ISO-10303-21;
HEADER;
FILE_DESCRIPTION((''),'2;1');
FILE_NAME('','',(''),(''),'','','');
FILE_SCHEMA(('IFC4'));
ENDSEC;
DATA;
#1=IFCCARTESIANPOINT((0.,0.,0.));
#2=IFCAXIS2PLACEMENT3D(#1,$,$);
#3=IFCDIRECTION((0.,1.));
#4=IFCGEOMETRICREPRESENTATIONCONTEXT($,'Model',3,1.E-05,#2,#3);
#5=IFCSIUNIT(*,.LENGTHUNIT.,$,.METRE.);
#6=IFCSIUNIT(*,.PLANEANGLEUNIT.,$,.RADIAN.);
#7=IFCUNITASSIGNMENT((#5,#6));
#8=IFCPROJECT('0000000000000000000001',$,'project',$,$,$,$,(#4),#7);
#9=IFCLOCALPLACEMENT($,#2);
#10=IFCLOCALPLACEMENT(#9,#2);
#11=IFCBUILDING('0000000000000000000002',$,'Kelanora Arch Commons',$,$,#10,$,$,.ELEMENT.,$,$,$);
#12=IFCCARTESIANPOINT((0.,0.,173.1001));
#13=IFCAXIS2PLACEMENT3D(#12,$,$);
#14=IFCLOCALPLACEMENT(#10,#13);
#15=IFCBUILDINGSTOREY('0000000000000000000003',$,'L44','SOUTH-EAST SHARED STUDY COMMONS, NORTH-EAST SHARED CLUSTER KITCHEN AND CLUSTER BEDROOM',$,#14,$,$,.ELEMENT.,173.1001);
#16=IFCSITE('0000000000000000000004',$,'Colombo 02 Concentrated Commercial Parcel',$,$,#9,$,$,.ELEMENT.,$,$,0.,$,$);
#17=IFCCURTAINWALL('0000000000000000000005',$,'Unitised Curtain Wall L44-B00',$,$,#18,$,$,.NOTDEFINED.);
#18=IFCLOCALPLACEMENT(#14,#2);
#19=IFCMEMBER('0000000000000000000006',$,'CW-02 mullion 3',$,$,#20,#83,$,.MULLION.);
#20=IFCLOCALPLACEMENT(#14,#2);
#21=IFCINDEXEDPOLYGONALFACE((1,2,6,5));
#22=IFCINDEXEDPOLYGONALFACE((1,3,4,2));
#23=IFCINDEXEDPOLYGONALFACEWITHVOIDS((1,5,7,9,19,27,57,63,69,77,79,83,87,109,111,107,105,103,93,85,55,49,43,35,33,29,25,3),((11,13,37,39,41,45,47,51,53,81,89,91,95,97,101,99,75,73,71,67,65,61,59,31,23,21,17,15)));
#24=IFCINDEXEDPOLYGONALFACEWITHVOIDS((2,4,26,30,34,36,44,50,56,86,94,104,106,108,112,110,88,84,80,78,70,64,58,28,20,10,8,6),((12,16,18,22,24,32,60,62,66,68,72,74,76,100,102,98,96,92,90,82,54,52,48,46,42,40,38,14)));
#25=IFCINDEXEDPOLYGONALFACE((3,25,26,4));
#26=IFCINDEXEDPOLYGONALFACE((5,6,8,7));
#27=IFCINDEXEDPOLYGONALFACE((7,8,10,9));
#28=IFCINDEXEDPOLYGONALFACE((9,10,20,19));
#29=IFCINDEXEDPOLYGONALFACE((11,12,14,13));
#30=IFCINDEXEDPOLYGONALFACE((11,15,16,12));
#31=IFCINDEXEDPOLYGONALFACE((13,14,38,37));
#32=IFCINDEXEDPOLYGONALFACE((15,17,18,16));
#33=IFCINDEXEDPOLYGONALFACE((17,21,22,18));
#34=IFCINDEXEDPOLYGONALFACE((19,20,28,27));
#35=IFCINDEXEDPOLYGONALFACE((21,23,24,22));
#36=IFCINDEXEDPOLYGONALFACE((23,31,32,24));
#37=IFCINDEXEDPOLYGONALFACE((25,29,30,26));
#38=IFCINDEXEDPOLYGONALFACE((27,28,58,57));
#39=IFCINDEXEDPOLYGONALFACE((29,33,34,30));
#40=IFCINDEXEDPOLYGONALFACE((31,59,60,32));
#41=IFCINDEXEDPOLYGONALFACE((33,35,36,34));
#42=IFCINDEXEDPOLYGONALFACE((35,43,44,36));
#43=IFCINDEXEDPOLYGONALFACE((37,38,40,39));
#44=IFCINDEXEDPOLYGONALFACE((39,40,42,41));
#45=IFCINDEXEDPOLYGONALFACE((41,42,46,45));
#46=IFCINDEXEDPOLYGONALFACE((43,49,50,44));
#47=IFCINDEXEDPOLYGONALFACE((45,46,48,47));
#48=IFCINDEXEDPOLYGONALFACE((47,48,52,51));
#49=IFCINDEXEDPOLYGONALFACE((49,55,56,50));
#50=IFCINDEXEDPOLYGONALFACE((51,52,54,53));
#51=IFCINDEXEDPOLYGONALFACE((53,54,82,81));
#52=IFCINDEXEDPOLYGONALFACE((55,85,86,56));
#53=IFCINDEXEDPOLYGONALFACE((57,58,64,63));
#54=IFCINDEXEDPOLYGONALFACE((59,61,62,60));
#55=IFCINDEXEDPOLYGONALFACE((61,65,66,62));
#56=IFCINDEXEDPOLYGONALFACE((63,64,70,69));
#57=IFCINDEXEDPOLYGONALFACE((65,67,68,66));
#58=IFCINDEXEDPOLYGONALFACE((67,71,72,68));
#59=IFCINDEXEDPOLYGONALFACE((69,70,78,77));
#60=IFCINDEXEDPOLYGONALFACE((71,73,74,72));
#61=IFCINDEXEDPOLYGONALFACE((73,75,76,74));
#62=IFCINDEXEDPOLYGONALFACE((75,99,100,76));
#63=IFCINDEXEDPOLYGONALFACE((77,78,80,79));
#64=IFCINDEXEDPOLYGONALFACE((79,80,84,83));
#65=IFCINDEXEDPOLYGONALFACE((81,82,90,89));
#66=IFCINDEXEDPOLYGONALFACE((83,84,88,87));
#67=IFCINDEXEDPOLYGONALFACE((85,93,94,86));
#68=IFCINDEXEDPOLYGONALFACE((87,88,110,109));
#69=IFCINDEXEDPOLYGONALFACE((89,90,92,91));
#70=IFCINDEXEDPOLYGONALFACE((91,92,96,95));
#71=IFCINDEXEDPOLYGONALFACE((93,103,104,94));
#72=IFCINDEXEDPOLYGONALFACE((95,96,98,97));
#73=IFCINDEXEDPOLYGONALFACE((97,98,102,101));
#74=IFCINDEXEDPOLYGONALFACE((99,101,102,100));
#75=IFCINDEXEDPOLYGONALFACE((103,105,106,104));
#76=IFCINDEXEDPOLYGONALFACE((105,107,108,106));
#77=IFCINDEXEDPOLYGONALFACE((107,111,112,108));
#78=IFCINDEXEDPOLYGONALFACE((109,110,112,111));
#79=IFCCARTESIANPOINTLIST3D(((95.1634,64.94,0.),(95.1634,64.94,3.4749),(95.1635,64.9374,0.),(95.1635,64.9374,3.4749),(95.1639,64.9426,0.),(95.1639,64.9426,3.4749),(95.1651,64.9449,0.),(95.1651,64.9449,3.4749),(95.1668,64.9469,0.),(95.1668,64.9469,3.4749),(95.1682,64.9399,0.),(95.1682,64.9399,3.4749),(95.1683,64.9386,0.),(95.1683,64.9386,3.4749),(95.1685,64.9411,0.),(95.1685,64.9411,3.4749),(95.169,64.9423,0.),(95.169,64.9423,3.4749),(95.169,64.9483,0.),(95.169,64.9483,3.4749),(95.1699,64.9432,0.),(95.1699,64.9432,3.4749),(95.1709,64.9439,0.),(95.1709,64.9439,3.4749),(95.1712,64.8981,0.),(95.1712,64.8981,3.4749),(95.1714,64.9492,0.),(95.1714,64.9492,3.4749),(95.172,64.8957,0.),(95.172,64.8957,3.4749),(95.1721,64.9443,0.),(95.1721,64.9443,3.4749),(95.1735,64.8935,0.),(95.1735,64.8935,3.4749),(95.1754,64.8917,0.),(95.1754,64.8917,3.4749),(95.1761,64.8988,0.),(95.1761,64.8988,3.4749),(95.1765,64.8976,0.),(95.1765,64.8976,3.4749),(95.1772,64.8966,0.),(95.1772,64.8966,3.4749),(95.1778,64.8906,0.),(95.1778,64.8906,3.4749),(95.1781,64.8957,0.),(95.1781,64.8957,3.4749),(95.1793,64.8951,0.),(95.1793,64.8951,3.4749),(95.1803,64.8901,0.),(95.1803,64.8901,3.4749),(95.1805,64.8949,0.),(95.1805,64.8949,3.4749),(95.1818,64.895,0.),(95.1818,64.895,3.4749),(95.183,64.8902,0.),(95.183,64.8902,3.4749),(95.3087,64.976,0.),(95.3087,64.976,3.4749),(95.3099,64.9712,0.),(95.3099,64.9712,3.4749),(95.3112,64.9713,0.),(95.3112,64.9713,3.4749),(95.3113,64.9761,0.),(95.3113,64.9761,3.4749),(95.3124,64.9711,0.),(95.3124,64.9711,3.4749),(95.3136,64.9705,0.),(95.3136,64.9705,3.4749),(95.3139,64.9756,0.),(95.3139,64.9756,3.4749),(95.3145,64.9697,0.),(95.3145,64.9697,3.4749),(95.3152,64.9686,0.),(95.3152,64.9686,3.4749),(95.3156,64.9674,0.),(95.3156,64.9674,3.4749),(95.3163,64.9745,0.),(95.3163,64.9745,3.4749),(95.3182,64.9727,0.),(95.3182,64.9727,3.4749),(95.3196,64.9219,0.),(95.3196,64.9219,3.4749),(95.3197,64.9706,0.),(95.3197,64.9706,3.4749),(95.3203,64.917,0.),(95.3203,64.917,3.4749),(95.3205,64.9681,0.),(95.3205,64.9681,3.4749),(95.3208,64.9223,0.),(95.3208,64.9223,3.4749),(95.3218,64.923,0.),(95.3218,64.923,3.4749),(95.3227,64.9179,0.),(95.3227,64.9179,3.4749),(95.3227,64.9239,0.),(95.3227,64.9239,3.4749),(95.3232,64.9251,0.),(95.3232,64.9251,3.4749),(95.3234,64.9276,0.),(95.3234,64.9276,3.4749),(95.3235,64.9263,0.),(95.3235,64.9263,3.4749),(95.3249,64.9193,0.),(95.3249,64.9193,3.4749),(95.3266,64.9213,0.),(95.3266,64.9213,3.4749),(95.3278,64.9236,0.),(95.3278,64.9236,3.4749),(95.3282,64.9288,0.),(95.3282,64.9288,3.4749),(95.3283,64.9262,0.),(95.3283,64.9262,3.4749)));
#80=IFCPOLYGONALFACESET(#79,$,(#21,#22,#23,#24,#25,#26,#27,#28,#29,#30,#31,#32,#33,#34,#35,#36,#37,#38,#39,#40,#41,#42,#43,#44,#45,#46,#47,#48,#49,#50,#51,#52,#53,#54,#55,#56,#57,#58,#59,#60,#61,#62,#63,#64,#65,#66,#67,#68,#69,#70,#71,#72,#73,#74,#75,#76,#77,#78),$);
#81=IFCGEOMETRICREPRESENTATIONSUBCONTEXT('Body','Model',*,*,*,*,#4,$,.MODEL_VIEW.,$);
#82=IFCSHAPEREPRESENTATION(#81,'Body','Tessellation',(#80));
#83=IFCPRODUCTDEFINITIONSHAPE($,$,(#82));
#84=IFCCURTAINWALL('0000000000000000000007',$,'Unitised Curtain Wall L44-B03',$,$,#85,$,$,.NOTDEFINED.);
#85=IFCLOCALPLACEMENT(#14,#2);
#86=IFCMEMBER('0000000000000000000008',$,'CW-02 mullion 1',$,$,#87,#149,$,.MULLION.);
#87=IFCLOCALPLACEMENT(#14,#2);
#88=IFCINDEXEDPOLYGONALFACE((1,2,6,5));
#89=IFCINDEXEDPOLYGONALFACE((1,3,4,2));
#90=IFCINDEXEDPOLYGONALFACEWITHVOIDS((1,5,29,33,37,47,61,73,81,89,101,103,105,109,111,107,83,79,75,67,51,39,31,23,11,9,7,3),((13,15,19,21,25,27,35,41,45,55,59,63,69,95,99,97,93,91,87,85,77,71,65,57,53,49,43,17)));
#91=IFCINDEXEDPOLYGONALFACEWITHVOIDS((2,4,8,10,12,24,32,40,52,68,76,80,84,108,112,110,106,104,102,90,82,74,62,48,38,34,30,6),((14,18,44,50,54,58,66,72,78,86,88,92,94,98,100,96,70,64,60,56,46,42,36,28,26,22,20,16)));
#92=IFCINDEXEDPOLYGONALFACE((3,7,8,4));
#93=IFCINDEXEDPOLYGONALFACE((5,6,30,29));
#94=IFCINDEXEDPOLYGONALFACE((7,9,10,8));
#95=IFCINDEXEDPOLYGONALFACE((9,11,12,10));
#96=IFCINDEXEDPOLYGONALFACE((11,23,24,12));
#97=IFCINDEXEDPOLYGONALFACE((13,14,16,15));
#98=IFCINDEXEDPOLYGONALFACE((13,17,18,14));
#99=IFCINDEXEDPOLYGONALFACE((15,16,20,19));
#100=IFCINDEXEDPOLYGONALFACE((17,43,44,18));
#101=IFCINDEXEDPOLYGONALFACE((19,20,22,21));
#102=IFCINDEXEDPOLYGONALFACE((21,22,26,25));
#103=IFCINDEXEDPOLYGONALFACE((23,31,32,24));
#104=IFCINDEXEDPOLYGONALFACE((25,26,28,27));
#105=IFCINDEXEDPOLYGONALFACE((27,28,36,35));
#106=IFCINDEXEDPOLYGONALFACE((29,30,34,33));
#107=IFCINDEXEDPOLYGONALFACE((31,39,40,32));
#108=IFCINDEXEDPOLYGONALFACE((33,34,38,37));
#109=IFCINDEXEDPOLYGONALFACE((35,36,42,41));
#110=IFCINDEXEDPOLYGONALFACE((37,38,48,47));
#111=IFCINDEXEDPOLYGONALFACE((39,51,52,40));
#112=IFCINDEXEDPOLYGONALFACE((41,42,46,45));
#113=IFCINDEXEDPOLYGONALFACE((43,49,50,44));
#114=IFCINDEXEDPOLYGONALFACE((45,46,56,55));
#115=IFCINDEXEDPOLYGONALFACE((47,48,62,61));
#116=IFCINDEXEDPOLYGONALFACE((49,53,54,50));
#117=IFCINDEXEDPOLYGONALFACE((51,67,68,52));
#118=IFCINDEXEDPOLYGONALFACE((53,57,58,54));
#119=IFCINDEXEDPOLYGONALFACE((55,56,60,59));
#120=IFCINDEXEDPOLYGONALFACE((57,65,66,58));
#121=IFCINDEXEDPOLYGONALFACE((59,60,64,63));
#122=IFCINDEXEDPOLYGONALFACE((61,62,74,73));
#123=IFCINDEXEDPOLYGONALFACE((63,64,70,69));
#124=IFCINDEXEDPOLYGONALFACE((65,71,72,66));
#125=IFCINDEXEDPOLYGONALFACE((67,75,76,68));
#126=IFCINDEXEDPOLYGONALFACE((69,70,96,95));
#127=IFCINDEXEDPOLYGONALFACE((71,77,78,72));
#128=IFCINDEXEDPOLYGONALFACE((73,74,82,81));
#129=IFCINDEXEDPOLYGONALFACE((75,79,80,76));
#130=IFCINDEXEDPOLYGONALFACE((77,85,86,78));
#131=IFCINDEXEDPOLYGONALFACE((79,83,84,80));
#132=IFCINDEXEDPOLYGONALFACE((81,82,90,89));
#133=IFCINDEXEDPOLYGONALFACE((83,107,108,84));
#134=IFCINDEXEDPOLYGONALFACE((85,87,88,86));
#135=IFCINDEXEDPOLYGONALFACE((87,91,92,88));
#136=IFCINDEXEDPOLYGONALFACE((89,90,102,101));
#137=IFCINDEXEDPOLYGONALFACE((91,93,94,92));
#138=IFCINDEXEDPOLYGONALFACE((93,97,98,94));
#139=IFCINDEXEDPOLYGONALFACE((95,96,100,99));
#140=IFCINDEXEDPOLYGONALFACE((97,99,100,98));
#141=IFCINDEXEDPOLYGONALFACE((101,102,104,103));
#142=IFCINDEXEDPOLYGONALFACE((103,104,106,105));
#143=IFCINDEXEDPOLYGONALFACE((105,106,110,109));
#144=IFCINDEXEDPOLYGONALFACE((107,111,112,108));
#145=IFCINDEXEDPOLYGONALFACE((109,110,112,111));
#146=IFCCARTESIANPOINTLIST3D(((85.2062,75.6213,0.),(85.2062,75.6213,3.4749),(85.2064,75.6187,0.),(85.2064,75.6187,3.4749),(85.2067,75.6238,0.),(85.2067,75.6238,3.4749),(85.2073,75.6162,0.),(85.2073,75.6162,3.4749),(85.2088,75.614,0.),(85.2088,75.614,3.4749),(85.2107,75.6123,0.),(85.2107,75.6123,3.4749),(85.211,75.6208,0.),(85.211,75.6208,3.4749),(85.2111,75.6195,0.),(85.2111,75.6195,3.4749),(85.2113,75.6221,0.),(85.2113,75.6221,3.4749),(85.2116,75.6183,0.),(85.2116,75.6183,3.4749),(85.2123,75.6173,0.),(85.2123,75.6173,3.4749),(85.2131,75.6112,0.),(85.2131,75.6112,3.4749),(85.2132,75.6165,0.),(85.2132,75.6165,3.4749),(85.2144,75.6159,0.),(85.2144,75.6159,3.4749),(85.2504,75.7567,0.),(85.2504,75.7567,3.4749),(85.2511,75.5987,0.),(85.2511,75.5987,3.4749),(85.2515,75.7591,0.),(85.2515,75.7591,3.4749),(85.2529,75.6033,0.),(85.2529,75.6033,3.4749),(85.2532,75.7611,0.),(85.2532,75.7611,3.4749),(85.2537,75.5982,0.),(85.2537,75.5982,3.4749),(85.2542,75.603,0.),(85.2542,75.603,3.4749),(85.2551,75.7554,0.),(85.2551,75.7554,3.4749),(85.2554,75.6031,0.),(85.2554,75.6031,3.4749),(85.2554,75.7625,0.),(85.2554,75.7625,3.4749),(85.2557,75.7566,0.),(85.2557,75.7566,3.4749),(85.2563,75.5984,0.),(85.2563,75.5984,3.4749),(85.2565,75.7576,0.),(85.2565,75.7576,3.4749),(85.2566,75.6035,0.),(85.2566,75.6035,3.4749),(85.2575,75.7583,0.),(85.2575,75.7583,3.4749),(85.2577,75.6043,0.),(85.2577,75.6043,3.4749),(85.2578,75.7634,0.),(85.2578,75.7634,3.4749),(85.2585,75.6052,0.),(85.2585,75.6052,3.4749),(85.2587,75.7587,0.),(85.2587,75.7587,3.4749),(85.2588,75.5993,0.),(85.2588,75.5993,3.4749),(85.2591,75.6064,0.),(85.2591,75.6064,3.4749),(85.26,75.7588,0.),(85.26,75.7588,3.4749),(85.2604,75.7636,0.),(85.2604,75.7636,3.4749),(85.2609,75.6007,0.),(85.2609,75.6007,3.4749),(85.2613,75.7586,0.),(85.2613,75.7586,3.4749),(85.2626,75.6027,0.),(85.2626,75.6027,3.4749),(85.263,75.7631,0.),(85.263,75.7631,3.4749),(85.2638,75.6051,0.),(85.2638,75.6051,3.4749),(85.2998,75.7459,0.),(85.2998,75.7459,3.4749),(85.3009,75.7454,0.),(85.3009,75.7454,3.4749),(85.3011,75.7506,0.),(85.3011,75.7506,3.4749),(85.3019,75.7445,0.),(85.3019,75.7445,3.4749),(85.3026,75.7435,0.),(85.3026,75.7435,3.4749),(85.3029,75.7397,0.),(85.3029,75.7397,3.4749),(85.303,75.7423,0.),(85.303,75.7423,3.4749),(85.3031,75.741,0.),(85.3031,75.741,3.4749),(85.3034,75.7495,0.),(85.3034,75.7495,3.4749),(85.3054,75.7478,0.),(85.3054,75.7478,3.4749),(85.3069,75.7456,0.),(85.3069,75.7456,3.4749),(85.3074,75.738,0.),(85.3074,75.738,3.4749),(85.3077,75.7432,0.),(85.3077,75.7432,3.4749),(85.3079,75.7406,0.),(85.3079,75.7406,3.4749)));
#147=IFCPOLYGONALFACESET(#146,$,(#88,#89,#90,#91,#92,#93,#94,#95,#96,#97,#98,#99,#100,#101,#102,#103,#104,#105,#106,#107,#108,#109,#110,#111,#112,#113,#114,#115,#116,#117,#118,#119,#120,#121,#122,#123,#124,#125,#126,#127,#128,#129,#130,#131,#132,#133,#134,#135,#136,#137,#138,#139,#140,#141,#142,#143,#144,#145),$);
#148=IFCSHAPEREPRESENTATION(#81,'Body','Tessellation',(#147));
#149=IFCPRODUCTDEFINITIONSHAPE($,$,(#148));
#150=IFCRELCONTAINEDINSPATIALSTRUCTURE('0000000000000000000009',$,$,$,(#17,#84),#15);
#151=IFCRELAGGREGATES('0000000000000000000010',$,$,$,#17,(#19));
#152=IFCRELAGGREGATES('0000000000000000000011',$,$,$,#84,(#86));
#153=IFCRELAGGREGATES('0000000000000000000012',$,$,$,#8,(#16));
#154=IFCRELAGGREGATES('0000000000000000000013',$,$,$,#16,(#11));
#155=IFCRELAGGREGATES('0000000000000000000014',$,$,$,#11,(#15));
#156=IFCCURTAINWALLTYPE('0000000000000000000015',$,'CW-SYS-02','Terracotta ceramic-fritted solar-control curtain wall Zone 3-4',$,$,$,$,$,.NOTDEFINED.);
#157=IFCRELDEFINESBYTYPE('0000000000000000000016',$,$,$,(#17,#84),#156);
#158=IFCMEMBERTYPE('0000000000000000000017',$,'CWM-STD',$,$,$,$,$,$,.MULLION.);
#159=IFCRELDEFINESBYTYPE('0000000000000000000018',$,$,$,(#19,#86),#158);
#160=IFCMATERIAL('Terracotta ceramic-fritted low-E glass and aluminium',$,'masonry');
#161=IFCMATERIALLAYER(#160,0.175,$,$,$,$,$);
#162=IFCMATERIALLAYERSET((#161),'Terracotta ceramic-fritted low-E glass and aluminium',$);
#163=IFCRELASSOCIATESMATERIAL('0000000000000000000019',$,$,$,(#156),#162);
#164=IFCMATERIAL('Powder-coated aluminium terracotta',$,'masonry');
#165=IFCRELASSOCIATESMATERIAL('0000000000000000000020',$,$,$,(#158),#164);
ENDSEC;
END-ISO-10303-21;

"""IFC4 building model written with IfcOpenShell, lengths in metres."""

from ifc_helpers import new_model, si_unit, direction, frame, origin, origin_2d, place, context, subcontext, project, spatial, hollow_rectangle, extrude, material, layer, layer_set, material_profile, profile_set, type_object, element, aggregate, save


model = new_model("IFC4")

# Units and contexts
model_context = context("Model", 3, precision=1e-05, world=origin(), true_north=direction((0.0, 1.0)))
body_context = subcontext(model_context, "Body", "Model", "MODEL_VIEW")
ifc_project = project(units=[si_unit("LENGTHUNIT", "METRE"), si_unit("PLANEANGLEUNIT", "RADIAN")], contexts=[model_context])

# Site, building, storey
site_placement = place(None, origin())
site = spatial("IfcSite", under=ifc_project, at=site_placement, Name="Colombo 02 Concentrated Commercial Parcel", CompositionType="ELEMENT", RefElevation=0.0)
building_placement = place(site_placement, origin())
building = spatial("IfcBuilding", under=site, at=building_placement, Name="Kelanora Arch Commons", CompositionType="ELEMENT")
storey_placement = place(building_placement, frame((0.0, 0.0, 173.1001)))
storey = spatial("IfcBuildingStorey", under=building, at=storey_placement, Name="L44", Description="SOUTH-EAST SHARED STUDY COMMONS, NORTH-EAST SHARED CLUSTER KITCHEN AND CLUSTER BEDROOM", CompositionType="ELEMENT", Elevation=173.1001)

# Curtain wall, member
ifc_material_1 = material(Name="Terracotta ceramic-fritted low-E glass and aluminium", Category="masonry")
ifc_layer_1 = layer(ifc_material_1, 0.175)
ifc_layer_set_1 = layer_set([ifc_layer_1], Name="Terracotta ceramic-fritted low-E glass and aluminium")
curtain_wall_type = type_object("IfcCurtainWallType", Name="CW-SYS-02", Description="Terracotta ceramic-fritted solar-control curtain wall Zone 3-4", PredefinedType="NOTDEFINED", material=ifc_layer_set_1)
curtain_wall_1_placement = place(storey_placement, origin())
curtain_wall_1 = element("IfcCurtainWall", 1, at=curtain_wall_1_placement, inside=storey, type_object=curtain_wall_type, Name="Unitised Curtain Wall L44-B00", PredefinedType="NOTDEFINED")
ifc_material_2 = material(Name="Powder-coated aluminium terracotta", Category="masonry")
ifc_material_profile_1 = material_profile(ifc_material_2, hollow_rectangle(XDim=0.1599, YDim=0.0601, WallThickness=0.0049, InnerFilletRadius=0.0049, OuterFilletRadius=0.01, at=origin_2d()), Name="CWM160x60")
ifc_profile_set_1 = profile_set([ifc_material_profile_1], Name="Powder-coated aluminium terracotta")
member_type_1 = type_object("IfcMemberType", Name="CWM-STD", PredefinedType="MULLION", material=ifc_profile_set_1)
member_1_placement = place(storey_placement, frame((95.2458, 64.9331, 0.0), z_axis=(0.0, 0.0, 1.0), x_axis=(-0.981453, -0.191705, 0.0)))
member_1 = element("IfcMember", 2, at=member_1_placement, type_object=member_type_1, Name="CW-02 mullion 3", PredefinedType="MULLION", context=body_context, shape_type="SweptSolid", body=[
    extrude(hollow_rectangle(XDim=0.1599, YDim=0.0601, WallThickness=0.0049, InnerFilletRadius=0.0049, OuterFilletRadius=0.01, at=origin_2d()), origin(), (0.0, 0.0, 1.0), 3.4749),
])
aggregate(curtain_wall_1, [member_1])

# Curtain wall, member
curtain_wall_2_placement = place(storey_placement, origin())
curtain_wall_2 = element("IfcCurtainWall", 3, at=curtain_wall_2_placement, inside=storey, type_object=curtain_wall_type, Name="Unitised Curtain Wall L44-B03", PredefinedType="NOTDEFINED")
member_2_placement = place(storey_placement, frame((85.2571, 75.6809, 0.0), z_axis=(0.0, 0.0, 1.0), x_axis=(-0.312128, -0.95004, 0.0)))
member_2 = element("IfcMember", 4, at=member_2_placement, type_object=member_type_1, Name="CW-02 mullion 1", PredefinedType="MULLION", context=body_context, shape_type="SweptSolid", body=[
    extrude(hollow_rectangle(XDim=0.1599, YDim=0.0601, WallThickness=0.0049, InnerFilletRadius=0.0049, OuterFilletRadius=0.01, at=origin_2d()), origin(), (0.0, 0.0, 1.0), 3.4749),
])
aggregate(curtain_wall_2, [member_2])

save(model, "model.ifc")
